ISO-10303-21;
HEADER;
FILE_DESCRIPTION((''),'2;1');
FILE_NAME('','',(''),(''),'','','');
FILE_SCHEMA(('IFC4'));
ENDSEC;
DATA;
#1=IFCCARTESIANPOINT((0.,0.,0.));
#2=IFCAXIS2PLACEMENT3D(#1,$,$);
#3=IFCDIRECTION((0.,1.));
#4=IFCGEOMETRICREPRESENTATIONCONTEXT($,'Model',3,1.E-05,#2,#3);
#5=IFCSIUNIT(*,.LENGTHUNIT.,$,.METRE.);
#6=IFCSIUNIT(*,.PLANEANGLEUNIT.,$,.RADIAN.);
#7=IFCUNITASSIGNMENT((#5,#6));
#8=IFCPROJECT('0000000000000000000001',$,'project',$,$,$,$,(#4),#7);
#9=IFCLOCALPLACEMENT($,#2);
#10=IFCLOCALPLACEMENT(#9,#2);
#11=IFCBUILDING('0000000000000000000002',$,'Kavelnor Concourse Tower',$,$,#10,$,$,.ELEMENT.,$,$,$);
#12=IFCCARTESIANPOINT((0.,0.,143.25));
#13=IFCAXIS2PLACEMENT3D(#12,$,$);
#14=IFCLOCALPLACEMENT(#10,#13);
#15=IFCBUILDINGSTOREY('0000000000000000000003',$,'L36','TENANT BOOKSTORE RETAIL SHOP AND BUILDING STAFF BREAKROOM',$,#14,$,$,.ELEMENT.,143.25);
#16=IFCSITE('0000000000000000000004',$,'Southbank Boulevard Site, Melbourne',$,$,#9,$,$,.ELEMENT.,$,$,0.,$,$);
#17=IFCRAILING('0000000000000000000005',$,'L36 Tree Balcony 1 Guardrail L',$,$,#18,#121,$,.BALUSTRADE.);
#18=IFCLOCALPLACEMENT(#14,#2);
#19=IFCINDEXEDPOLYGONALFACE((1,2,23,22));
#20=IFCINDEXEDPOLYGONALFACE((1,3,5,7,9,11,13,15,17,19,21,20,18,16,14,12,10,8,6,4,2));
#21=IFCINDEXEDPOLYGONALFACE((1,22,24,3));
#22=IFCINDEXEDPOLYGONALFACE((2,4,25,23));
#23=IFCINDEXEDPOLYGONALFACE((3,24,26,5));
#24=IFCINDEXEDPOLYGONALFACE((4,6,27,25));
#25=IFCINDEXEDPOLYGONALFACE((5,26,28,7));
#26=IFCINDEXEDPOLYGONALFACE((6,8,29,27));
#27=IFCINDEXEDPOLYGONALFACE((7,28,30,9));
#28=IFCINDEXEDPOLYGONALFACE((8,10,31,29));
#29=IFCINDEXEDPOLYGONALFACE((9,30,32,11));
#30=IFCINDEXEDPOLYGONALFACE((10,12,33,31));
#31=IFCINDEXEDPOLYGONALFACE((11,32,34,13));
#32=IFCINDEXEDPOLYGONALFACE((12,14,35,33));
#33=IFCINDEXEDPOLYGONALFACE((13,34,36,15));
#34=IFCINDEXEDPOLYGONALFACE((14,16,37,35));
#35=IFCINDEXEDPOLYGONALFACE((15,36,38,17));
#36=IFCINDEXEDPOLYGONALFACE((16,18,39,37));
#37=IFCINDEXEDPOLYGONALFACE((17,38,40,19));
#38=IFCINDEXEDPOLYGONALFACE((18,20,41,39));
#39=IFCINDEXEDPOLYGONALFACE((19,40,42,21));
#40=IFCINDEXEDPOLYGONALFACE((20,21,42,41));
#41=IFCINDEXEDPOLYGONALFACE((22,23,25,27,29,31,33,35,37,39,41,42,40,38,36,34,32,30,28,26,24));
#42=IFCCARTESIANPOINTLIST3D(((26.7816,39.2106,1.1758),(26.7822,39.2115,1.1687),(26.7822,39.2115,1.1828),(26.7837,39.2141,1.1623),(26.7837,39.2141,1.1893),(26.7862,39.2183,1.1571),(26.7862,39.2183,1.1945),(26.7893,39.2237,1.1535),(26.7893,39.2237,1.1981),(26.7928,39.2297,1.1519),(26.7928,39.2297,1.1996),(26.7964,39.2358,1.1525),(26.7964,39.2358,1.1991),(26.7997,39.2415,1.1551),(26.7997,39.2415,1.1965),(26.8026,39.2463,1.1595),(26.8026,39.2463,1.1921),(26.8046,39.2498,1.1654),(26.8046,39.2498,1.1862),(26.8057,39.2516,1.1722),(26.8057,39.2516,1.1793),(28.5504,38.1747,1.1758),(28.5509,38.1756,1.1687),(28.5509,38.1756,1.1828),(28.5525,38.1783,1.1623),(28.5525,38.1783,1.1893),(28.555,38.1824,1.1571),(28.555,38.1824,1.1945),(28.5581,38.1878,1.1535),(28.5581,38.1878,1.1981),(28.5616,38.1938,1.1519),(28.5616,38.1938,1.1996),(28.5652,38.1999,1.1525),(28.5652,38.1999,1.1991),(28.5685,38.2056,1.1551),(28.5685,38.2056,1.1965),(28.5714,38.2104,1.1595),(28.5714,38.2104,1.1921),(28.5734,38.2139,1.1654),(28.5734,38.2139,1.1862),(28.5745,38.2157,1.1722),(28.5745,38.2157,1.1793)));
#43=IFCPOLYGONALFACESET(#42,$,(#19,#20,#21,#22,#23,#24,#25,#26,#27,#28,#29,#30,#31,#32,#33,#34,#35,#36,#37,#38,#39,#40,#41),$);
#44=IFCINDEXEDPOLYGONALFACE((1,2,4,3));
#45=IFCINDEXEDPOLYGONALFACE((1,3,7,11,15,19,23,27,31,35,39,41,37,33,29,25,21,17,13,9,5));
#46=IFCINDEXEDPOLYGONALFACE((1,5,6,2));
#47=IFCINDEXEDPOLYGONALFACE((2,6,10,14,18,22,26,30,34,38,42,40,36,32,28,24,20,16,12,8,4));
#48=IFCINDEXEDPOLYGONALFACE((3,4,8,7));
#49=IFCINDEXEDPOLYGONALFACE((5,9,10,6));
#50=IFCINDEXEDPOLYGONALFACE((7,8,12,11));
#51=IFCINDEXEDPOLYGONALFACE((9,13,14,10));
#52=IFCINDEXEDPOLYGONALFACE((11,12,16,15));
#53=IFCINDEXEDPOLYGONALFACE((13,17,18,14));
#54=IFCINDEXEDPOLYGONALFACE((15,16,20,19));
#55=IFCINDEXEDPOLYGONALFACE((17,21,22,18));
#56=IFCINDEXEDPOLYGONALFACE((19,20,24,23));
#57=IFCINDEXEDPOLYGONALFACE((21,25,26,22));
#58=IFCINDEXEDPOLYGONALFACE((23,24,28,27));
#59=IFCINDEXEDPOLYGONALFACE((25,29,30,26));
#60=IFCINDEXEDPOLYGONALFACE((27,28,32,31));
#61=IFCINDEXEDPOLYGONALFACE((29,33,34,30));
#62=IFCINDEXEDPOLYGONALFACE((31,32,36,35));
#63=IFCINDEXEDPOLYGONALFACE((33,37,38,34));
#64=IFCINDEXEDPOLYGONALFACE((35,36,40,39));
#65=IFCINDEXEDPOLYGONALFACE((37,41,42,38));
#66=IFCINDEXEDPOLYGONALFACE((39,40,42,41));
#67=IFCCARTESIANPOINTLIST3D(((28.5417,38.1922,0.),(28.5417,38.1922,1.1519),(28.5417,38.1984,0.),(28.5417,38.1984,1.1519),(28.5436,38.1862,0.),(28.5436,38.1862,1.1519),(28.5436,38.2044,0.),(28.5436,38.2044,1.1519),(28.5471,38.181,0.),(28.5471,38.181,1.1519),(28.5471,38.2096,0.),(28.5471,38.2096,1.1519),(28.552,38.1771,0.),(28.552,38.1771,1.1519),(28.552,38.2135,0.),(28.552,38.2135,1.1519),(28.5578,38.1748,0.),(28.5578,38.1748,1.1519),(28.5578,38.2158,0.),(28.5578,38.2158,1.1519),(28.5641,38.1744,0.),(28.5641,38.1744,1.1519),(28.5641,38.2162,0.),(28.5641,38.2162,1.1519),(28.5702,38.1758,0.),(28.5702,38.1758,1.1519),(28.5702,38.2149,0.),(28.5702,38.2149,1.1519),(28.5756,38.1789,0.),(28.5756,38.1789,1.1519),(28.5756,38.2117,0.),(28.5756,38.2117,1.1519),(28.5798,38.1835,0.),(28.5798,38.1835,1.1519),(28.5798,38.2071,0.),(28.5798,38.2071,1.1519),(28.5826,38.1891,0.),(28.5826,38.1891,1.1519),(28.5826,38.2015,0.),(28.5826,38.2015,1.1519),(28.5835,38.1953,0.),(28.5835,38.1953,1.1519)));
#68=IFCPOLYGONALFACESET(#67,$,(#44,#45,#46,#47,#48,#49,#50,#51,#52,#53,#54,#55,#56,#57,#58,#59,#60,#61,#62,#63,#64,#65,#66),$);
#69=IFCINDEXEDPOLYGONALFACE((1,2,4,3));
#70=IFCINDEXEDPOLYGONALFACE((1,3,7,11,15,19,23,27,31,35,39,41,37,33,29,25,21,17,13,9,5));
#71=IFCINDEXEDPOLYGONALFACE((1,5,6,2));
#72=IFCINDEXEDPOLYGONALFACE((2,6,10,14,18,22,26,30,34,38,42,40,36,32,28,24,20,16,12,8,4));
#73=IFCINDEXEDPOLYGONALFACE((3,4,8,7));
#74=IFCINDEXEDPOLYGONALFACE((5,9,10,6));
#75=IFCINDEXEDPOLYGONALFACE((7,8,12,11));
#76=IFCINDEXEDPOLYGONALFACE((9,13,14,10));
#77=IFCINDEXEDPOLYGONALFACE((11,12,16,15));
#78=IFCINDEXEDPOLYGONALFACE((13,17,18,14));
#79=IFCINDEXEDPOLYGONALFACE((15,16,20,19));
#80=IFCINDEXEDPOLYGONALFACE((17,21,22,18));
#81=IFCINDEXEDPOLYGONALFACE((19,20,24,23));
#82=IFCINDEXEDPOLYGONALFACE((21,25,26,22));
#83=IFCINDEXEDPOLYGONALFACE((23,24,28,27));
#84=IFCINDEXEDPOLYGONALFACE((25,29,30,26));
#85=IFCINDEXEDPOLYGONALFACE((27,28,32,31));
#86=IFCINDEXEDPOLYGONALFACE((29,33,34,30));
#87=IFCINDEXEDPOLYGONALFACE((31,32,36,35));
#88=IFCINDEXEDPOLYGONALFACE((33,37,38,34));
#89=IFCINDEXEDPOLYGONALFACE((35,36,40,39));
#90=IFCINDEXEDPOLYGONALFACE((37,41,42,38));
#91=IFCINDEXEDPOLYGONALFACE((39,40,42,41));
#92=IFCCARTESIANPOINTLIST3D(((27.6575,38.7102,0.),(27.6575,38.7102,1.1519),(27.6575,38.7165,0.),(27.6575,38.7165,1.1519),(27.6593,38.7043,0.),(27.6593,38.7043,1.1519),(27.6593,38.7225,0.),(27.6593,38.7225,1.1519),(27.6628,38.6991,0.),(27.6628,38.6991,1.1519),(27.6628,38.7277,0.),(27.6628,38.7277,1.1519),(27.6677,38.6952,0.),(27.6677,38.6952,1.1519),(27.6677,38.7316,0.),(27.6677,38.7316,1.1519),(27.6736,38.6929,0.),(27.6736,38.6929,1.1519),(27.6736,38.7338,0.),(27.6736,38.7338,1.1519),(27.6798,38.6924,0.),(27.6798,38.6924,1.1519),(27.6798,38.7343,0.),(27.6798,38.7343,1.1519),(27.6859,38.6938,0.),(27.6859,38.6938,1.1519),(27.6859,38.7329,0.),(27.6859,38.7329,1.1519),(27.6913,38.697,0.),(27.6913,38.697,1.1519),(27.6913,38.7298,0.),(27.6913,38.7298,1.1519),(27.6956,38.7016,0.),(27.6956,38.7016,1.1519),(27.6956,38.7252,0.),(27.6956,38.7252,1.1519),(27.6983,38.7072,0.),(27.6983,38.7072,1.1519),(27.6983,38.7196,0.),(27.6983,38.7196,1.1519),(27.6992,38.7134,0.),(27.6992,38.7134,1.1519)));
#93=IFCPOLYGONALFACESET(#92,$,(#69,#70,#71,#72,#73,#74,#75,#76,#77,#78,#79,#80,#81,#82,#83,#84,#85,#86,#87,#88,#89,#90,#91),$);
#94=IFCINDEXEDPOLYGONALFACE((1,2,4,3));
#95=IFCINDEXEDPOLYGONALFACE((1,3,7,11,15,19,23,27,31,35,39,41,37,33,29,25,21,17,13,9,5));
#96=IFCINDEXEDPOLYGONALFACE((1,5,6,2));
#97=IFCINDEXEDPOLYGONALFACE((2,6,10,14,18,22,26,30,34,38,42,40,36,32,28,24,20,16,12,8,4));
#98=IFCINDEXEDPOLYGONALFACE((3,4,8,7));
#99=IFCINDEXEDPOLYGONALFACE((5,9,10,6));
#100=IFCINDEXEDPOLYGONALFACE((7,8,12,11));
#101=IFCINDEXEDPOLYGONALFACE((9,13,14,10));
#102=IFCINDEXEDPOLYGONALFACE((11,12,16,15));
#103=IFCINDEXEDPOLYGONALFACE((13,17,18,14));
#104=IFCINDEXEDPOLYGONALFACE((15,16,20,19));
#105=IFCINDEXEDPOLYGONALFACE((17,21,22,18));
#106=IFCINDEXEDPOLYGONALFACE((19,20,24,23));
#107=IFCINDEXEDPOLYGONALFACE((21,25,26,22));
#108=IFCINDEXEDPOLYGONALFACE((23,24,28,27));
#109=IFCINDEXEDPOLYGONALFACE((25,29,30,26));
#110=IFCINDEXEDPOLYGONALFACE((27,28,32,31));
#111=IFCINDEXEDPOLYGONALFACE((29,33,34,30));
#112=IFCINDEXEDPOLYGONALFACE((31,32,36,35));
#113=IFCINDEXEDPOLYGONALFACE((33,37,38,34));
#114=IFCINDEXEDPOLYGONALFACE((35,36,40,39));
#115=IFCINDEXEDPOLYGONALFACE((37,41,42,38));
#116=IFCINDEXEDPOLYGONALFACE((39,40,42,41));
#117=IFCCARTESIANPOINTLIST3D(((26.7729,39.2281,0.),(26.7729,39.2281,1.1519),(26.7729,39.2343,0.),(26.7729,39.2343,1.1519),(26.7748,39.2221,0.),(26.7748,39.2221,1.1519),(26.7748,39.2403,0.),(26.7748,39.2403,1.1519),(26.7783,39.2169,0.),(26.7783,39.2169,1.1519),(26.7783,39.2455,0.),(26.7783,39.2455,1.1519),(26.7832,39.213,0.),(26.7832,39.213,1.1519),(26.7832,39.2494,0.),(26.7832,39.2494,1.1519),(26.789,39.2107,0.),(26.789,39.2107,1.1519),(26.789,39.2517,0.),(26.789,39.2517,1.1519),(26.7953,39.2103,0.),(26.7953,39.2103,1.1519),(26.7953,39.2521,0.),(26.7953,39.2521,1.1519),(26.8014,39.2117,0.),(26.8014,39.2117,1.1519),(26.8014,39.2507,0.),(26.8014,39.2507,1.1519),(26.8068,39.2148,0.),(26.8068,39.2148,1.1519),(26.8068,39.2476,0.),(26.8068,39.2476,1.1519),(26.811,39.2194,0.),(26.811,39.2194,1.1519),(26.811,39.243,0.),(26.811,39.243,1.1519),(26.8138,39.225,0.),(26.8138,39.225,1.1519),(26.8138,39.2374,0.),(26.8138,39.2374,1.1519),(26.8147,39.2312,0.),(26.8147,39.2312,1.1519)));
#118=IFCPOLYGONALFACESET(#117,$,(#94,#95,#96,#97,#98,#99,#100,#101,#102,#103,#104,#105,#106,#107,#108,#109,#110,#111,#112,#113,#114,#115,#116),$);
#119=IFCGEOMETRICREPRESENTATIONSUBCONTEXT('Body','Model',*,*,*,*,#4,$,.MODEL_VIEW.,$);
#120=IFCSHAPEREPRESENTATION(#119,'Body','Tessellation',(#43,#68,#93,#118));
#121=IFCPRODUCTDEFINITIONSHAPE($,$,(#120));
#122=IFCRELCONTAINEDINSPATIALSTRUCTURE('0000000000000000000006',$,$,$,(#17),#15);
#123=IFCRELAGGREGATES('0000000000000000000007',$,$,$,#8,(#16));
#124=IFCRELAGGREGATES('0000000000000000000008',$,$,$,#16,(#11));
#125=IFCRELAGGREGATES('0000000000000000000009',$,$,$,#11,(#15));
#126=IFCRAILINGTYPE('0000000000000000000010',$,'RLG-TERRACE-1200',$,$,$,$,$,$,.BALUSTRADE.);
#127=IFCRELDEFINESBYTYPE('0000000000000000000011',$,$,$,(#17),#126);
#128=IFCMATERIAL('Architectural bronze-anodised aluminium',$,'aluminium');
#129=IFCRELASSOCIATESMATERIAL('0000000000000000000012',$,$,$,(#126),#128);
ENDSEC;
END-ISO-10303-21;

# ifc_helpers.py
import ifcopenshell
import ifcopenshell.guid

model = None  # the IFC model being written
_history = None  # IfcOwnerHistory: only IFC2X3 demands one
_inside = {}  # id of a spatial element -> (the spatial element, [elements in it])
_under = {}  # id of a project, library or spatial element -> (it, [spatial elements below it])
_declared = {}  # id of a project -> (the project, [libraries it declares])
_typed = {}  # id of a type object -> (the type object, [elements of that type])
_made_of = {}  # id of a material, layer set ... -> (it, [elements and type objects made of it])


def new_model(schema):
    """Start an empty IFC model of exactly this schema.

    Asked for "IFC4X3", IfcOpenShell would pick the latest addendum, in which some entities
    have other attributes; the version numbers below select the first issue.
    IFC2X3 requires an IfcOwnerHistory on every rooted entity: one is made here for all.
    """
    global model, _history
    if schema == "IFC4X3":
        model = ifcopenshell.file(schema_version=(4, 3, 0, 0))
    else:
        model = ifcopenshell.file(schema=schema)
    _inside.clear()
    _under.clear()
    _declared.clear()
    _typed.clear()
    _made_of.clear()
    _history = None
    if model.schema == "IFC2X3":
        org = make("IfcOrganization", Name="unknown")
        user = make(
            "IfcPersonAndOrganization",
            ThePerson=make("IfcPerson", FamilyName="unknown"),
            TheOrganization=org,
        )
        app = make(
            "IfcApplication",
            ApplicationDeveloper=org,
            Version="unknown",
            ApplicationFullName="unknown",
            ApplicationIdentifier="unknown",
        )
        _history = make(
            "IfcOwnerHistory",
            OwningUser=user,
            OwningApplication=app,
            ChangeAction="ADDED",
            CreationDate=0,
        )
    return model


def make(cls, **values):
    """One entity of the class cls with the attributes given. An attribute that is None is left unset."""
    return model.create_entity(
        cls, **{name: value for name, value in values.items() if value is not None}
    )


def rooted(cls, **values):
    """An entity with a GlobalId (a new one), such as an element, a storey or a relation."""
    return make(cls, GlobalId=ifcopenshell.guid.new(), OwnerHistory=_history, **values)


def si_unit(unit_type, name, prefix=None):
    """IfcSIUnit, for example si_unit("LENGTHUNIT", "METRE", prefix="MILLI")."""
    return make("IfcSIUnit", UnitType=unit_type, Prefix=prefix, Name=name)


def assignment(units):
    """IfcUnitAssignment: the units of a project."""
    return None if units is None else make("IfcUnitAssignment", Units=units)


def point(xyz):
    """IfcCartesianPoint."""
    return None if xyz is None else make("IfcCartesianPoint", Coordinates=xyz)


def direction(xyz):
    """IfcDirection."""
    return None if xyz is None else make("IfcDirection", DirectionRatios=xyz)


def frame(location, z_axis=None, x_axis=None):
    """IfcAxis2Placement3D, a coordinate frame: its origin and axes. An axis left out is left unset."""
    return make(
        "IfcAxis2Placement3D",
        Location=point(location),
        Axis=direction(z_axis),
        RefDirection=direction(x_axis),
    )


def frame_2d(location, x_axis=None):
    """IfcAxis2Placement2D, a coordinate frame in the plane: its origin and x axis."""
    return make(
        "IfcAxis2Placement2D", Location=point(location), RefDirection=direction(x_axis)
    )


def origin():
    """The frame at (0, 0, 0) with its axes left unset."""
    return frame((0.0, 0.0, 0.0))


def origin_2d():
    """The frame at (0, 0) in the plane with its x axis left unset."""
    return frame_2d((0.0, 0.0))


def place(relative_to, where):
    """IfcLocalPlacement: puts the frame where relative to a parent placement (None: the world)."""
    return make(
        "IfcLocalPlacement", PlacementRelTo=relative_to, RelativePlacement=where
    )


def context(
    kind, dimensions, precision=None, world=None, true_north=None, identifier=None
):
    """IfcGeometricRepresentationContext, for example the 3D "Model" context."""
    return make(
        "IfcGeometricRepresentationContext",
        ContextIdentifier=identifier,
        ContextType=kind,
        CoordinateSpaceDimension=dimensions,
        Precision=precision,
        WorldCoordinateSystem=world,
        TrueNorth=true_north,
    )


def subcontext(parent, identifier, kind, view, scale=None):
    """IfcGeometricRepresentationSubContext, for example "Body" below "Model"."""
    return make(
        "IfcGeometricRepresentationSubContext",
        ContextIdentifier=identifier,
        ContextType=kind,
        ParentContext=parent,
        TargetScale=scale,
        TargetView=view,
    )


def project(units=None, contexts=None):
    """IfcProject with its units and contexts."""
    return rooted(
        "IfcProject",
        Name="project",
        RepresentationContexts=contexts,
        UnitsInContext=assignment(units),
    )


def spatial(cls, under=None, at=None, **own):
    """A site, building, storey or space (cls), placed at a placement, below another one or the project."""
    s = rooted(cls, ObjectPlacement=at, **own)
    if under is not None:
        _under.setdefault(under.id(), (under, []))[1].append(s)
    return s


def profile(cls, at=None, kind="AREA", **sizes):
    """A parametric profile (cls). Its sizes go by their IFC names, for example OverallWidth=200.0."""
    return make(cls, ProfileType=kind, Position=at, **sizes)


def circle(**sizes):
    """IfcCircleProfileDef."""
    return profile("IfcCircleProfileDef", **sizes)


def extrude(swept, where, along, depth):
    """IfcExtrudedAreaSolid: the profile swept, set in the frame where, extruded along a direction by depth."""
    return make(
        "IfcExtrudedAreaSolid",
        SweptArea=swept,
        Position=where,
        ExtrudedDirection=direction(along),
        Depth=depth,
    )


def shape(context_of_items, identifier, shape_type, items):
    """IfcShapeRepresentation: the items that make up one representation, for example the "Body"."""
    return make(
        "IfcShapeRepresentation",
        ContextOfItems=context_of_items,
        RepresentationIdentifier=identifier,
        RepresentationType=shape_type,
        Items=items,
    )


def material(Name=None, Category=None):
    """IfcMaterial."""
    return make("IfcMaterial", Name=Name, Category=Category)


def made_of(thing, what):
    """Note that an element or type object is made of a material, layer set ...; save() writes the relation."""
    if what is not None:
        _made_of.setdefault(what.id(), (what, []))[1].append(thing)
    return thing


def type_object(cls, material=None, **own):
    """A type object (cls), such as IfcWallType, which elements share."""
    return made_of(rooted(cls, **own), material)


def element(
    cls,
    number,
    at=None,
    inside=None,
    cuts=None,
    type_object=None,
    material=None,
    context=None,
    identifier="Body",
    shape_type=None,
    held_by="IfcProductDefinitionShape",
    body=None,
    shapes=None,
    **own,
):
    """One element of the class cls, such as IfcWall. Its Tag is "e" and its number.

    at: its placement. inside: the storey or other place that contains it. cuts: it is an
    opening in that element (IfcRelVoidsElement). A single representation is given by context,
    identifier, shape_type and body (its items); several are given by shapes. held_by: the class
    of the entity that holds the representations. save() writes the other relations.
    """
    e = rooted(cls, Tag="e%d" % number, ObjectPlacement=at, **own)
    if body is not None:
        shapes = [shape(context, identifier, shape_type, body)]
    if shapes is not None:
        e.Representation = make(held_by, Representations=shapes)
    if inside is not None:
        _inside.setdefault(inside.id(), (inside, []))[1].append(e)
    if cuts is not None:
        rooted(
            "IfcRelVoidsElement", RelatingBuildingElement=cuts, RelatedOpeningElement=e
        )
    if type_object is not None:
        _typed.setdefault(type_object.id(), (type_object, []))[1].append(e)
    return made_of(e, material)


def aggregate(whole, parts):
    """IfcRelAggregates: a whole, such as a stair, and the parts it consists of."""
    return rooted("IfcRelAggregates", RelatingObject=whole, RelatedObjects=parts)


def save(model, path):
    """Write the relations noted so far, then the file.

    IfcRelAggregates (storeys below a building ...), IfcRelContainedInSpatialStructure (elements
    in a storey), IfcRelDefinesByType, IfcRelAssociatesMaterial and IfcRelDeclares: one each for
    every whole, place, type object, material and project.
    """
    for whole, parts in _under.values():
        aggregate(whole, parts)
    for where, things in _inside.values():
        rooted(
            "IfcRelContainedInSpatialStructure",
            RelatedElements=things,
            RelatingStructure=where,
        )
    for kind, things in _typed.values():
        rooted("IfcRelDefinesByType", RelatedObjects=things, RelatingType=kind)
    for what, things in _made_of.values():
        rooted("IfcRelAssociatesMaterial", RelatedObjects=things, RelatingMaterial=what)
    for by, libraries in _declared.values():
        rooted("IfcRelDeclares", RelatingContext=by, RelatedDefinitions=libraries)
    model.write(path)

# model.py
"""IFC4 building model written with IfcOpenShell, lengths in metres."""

from ifc_helpers import new_model, si_unit, direction, frame, origin, origin_2d, place, context, subcontext, project, spatial, circle, extrude, material, type_object, element, save


model = new_model("IFC4")

# Units and contexts
model_context = context("Model", 3, precision=1e-05, world=origin(), true_north=direction((0.0, 1.0)))
body_context = subcontext(model_context, "Body", "Model", "MODEL_VIEW")
ifc_project = project(units=[si_unit("LENGTHUNIT", "METRE"), si_unit("PLANEANGLEUNIT", "RADIAN")], contexts=[model_context])

# Site, building, storey
site_placement = place(None, origin())
site = spatial("IfcSite", under=ifc_project, at=site_placement, Name="Southbank Boulevard Site, Melbourne", CompositionType="ELEMENT", RefElevation=0.0)
building_placement = place(site_placement, origin())
building = spatial("IfcBuilding", under=site, at=building_placement, Name="Kavelnor Concourse Tower", CompositionType="ELEMENT")
storey_placement = place(building_placement, frame((0.0, 0.0, 143.25)))
storey = spatial("IfcBuildingStorey", under=building, at=storey_placement, Name="L36", Description="TENANT BOOKSTORE RETAIL SHOP AND BUILDING STAFF BREAKROOM", CompositionType="ELEMENT", Elevation=143.25)

# Railing
ifc_material_1 = material(Name="Architectural bronze-anodised aluminium", Category="aluminium")
railing_type = type_object("IfcRailingType", Name="RLG-TERRACE-1200", PredefinedType="BALUSTRADE", material=ifc_material_1)
railing_1_placement = place(storey_placement, frame((28.5625, 38.1953, 0.0)))
element("IfcRailing", 1, at=railing_1_placement, inside=storey, type_object=railing_type, Name="L36 Tree Balcony 1 Guardrail L", PredefinedType="BALUSTRADE", context=body_context, shape_type="SweptSolid", body=[
    extrude(circle(Radius=0.0239, at=origin_2d()), frame((0.0, 0.0, 1.1758), z_axis=(-0.862909, 0.505359, 0.0), x_axis=(-0.505359, -0.862909, 0.0)), (0.0, 0.0, 1.0), 2.0498),
    extrude(circle(Radius=0.021, at=origin_2d()), origin(), (0.0, 0.0, 1.0), 1.1519),
    extrude(circle(Radius=0.021, at=origin_2d()), frame((-0.8843, 0.5181, 0.0)), (0.0, 0.0, 1.0), 1.1519),
    extrude(circle(Radius=0.021, at=origin_2d()), frame((-1.7688, 1.0359, 0.0)), (0.0, 0.0, 1.0), 1.1519),
])

save(model, "model.ifc")
